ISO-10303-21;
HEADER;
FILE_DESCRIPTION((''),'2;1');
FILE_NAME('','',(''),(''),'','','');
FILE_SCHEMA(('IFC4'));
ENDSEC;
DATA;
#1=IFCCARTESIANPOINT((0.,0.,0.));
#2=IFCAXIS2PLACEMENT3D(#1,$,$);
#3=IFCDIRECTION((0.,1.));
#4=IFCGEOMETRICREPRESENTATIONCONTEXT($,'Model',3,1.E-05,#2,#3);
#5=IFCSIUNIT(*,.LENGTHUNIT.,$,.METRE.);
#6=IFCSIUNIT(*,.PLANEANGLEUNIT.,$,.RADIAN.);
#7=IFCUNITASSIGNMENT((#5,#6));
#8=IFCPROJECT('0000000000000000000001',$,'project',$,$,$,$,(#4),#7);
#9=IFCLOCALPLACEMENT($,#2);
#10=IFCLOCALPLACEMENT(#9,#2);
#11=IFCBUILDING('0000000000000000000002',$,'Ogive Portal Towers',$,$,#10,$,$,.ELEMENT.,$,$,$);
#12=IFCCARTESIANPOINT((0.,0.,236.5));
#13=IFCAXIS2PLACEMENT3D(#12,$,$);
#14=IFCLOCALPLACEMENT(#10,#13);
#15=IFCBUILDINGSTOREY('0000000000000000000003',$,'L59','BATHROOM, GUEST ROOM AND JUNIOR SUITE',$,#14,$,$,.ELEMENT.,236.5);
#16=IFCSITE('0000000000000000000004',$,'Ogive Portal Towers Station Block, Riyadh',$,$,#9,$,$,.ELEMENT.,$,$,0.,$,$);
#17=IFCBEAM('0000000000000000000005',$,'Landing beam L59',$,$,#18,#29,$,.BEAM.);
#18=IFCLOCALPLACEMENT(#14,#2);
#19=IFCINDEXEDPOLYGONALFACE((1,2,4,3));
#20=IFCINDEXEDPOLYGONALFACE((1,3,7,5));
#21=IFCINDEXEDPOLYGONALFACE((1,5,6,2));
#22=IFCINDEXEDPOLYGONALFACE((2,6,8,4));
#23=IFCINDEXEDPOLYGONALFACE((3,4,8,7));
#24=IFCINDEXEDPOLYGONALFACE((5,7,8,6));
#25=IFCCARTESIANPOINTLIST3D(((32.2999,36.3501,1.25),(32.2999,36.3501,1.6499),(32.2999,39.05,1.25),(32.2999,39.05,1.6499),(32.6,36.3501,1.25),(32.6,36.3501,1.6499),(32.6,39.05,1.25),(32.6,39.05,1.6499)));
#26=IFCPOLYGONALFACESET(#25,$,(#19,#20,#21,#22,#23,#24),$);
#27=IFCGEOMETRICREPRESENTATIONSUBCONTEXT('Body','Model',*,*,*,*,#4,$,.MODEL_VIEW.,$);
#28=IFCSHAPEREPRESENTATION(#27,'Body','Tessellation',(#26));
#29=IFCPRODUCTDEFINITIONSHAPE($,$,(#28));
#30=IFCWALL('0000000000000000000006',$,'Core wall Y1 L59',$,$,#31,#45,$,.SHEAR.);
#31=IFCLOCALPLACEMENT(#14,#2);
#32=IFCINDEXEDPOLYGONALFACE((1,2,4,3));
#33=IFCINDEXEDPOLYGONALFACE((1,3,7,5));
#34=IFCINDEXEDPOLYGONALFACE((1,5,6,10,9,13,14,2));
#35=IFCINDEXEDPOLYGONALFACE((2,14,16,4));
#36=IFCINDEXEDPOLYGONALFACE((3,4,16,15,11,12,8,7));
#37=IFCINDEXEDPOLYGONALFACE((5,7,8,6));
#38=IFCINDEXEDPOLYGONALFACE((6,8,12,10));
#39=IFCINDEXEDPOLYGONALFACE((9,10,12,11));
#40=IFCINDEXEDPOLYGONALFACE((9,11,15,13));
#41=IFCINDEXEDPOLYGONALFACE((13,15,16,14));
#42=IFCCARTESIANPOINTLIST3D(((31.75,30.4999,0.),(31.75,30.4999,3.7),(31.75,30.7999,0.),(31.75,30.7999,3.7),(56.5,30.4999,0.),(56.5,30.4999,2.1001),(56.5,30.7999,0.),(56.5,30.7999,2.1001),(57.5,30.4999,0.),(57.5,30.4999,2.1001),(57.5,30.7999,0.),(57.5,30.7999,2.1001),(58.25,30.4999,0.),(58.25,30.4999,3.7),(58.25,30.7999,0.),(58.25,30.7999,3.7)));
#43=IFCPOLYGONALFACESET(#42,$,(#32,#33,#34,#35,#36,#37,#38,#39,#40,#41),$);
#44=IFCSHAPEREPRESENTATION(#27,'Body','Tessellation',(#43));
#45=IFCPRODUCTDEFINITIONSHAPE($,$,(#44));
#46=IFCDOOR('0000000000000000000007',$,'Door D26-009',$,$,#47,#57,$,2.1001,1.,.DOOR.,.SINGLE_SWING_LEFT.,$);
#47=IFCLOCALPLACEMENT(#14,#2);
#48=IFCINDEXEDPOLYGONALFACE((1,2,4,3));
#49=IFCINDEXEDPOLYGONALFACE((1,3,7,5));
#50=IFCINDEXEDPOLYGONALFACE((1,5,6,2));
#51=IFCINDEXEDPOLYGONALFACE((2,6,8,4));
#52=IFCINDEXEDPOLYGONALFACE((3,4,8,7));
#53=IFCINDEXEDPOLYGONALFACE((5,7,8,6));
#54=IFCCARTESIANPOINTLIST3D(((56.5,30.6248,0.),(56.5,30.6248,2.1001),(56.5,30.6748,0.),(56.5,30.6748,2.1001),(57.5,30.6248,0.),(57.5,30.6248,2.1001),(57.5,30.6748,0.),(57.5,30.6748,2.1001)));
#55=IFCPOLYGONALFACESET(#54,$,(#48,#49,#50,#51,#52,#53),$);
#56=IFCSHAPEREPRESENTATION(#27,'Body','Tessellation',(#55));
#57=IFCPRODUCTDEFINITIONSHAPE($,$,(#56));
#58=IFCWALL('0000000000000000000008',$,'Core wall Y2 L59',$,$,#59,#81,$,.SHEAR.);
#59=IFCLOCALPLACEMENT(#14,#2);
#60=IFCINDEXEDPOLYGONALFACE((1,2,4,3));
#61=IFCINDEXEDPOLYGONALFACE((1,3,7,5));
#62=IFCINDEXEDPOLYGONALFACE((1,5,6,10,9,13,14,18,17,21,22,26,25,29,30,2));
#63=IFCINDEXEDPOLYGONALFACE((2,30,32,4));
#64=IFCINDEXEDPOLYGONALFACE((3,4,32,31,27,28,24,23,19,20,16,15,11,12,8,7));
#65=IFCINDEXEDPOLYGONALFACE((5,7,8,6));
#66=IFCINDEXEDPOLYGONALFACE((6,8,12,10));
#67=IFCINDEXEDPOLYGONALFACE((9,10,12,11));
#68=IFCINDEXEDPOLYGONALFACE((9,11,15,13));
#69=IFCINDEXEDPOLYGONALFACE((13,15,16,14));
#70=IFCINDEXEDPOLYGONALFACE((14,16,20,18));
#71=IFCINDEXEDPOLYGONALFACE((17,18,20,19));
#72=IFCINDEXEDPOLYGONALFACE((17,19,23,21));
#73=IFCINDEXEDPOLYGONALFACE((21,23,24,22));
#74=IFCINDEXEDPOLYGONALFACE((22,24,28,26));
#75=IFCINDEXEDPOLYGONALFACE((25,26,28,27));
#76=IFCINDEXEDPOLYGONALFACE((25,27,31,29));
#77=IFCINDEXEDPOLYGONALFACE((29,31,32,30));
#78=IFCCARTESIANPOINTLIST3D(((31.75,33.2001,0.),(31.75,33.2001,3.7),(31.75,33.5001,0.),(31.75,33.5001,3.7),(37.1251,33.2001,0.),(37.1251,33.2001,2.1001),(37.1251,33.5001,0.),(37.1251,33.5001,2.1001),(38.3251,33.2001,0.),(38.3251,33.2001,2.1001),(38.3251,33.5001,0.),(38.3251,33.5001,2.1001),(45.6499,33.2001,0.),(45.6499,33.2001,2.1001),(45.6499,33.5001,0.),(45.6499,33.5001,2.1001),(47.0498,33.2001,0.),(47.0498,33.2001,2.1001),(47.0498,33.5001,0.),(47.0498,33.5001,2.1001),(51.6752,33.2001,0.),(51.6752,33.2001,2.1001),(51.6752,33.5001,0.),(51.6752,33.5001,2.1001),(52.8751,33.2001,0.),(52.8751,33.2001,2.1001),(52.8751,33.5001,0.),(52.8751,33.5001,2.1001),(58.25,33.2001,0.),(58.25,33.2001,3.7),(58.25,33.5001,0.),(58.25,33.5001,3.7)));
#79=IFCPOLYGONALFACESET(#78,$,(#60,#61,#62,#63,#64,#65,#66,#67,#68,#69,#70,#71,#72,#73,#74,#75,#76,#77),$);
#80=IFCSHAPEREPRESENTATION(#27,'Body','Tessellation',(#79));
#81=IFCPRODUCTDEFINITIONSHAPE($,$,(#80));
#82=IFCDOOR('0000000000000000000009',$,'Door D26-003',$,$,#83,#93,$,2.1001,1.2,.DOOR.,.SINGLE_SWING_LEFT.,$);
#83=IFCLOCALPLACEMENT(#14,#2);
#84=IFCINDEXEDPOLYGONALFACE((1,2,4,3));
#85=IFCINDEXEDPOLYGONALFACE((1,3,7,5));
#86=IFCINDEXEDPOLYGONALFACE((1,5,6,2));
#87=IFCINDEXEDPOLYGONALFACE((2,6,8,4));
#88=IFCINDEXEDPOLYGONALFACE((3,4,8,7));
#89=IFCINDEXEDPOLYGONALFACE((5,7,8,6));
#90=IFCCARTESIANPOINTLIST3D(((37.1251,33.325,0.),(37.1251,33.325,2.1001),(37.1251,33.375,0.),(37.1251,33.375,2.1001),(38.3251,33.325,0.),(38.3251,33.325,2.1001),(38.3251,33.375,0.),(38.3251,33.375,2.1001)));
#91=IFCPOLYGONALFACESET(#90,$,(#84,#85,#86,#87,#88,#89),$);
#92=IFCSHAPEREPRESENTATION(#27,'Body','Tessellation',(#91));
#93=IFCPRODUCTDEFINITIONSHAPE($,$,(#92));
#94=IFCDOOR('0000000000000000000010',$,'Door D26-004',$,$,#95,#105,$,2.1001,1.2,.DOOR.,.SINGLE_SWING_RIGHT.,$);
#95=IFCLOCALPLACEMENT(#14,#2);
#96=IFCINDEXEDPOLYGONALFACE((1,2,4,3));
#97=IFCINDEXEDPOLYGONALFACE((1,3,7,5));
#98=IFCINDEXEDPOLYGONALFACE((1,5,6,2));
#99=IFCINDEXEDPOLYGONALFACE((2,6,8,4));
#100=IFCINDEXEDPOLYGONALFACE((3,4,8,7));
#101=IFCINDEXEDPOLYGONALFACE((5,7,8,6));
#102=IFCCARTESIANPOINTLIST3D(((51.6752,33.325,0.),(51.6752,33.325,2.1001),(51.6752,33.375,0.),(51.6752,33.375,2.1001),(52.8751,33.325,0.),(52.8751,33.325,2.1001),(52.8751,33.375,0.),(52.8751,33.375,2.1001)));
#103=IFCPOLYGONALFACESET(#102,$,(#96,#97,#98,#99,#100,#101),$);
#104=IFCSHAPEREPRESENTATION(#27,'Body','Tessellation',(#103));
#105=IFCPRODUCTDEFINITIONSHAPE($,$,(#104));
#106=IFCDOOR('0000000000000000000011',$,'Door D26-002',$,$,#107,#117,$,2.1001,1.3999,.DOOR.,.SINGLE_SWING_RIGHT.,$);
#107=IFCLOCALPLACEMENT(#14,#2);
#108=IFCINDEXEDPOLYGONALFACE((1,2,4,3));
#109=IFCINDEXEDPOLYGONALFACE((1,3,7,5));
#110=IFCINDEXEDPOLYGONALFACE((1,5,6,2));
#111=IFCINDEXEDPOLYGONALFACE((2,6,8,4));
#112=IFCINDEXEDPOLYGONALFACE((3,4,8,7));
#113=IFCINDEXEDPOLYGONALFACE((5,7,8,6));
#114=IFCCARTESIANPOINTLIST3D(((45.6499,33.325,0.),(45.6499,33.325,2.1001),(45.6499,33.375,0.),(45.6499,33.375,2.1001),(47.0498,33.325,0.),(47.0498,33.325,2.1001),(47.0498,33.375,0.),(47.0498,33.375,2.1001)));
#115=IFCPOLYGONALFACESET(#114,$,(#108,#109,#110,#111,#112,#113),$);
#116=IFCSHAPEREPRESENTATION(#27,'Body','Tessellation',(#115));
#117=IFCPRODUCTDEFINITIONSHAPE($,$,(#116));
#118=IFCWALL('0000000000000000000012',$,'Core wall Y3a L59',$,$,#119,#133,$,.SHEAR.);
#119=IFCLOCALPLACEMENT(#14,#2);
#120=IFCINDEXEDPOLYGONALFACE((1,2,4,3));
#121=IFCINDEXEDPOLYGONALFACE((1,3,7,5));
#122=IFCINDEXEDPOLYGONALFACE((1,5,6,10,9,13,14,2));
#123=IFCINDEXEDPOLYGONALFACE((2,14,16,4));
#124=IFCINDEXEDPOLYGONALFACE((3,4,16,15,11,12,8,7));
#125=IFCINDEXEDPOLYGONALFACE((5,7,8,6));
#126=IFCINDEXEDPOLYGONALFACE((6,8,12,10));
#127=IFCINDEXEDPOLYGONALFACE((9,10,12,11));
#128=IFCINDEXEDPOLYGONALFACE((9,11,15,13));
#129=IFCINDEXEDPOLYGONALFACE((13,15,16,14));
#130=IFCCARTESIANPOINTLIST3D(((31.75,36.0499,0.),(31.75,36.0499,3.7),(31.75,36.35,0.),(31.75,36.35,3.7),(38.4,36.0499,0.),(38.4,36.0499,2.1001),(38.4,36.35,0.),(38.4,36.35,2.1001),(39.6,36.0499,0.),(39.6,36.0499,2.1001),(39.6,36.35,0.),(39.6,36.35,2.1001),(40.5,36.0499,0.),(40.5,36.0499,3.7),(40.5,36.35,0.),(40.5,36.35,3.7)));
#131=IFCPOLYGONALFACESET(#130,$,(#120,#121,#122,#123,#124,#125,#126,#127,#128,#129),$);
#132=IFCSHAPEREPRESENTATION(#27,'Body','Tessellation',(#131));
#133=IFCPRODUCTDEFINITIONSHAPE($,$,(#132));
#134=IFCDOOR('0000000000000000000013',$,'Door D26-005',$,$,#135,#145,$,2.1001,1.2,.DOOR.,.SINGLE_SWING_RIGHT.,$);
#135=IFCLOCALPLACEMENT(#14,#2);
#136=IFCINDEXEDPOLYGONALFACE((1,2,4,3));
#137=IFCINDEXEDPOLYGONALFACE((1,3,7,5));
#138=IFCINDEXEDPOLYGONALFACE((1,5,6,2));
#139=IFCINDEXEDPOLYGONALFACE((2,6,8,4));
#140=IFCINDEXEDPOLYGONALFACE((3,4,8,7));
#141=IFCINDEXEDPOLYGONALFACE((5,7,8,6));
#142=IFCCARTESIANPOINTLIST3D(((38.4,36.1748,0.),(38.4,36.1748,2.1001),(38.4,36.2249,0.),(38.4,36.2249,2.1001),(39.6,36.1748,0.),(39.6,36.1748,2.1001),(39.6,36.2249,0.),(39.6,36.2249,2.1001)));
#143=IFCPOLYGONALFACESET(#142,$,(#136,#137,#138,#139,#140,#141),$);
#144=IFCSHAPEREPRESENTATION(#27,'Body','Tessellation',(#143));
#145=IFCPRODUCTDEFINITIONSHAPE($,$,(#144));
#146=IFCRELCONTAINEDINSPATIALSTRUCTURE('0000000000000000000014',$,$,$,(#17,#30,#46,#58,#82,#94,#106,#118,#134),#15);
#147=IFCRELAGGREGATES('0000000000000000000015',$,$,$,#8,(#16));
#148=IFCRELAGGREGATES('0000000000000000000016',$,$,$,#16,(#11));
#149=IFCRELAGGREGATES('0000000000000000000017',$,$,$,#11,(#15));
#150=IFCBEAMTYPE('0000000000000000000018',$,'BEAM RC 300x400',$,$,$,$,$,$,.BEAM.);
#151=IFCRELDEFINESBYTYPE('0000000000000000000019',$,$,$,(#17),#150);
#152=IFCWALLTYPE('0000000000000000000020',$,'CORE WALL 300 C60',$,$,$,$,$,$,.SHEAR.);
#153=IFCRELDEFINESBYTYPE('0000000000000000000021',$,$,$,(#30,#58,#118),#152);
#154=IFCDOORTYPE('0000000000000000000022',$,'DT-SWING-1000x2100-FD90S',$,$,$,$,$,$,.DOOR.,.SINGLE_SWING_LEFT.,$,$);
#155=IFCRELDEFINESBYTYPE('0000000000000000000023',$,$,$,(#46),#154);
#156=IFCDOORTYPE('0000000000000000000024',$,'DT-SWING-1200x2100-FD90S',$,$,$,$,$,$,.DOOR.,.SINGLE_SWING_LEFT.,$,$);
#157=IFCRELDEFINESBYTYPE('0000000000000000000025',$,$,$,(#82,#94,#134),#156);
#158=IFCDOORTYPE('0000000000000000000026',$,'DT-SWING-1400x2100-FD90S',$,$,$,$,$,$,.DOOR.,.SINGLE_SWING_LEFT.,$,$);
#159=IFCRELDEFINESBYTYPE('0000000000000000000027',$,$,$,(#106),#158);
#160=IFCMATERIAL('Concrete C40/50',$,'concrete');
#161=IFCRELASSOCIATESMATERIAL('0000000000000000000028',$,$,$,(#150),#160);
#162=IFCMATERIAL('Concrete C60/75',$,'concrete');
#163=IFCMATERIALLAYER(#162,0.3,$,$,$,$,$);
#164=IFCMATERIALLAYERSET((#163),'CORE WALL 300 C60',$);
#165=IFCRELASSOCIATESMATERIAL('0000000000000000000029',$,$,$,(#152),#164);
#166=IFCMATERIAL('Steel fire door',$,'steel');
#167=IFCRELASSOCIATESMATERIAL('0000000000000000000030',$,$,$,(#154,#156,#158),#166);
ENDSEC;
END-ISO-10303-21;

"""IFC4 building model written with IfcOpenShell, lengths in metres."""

from ifc_helpers import new_model, si_unit, direction, frame, frame_2d, origin, origin_2d, place, context, subcontext, project, spatial, rectangle, extrude, material, layer, layer_set, material_profile, profile_set, type_object, element, fill, save


model = new_model("IFC4")

# Units and contexts
model_context = context("Model", 3, precision=1e-05, world=origin(), true_north=direction((0.0, 1.0)))
body_context = subcontext(model_context, "Body", "Model", "MODEL_VIEW")
ifc_project = project(units=[si_unit("LENGTHUNIT", "METRE"), si_unit("PLANEANGLEUNIT", "RADIAN")], contexts=[model_context])

# Site, building, storey
site_placement = place(None, origin())
site = spatial("IfcSite", under=ifc_project, at=site_placement, Name="Ogive Portal Towers Station Block, Riyadh", CompositionType="ELEMENT", RefElevation=0.0)
building_placement = place(site_placement, origin())
building = spatial("IfcBuilding", under=site, at=building_placement, Name="Ogive Portal Towers", CompositionType="ELEMENT")
storey_placement = place(building_placement, frame((0.0, 0.0, 236.5)))
storey = spatial("IfcBuildingStorey", under=building, at=storey_placement, Name="L59", Description="BATHROOM, GUEST ROOM AND JUNIOR SUITE", CompositionType="ELEMENT", Elevation=236.5)

# Beam
ifc_material_1 = material(Name="Concrete C40/50", Category="concrete")
ifc_material_profile = material_profile(ifc_material_1, rectangle(XDim=0.3, YDim=0.3999, at=origin_2d()), Name="RC 300x400")
ifc_profile_set = profile_set([ifc_material_profile], Name="Concrete C40/50")
beam_type = type_object("IfcBeamType", Name="BEAM RC 300x400", PredefinedType="BEAM", material=ifc_profile_set)
beam_placement = place(storey_placement, frame((32.45, 36.3501, 1.45), z_axis=(0.0, 1.0, 0.0), x_axis=(-1.0, 0.0, 0.0)))
element("IfcBeam", 1, at=beam_placement, inside=storey, type_object=beam_type, Name="Landing beam L59", PredefinedType="BEAM", context=body_context, shape_type="SweptSolid", body=[
    extrude(rectangle(XDim=0.3, YDim=0.3999, at=origin_2d()), origin(), (0.0, 0.0, 1.0), 2.7),
])

# Wall, opening, door
ifc_material_2 = material(Name="Concrete C60/75", Category="concrete")
ifc_layer_1 = layer(ifc_material_2, 0.3)
ifc_layer_set_1 = layer_set([ifc_layer_1], Name="CORE WALL 300 C60")
wall_type_1 = type_object("IfcWallType", Name="CORE WALL 300 C60", PredefinedType="SHEAR", material=ifc_layer_set_1)
wall_1_placement = place(storey_placement, frame((31.75, 30.6499, 0.0), z_axis=(0.0, 0.0, 1.0), x_axis=(1.0, 0.0, 0.0)))
wall_1 = element("IfcWall", 2, at=wall_1_placement, inside=storey, type_object=wall_type_1, Name="Core wall Y1 L59", PredefinedType="SHEAR", context=body_context, shape_type="SweptSolid", body=[
    extrude(rectangle(XDim=26.5, YDim=0.3, at=frame_2d((13.25, 0.0))), origin(), (0.0, 0.0, 1.0), 3.7),
])
opening_1_placement = place(wall_1_placement, frame((24.75, 0.0, 0.0)))
opening_1 = element("IfcOpeningElement", 3, at=opening_1_placement, cuts=wall_1, PredefinedType="OPENING", context=body_context, shape_type="SweptSolid", body=[
    extrude(rectangle(XDim=1.0, YDim=2.1001, at=frame_2d((0.5, 1.05))), frame((0.0, 0.1602, 0.0), z_axis=(0.0, -1.0, 0.0), x_axis=(1.0, 0.0, 0.0)), (0.0, 0.0, 1.0), 0.3201),
])
ifc_material_3 = material(Name="Steel fire door", Category="steel")
door_type_1 = type_object("IfcDoorType", Name="DT-SWING-1000x2100-FD90S", OperationType="SINGLE_SWING_LEFT", PredefinedType="DOOR", material=ifc_material_3)
door_1_placement = place(opening_1_placement, origin())
door_1 = element("IfcDoor", 4, at=door_1_placement, inside=storey, type_object=door_type_1, Name="Door D26-009", OperationType="SINGLE_SWING_LEFT", OverallHeight=2.1001, OverallWidth=1.0, PredefinedType="DOOR", context=body_context, shape_type="SweptSolid", body=[
    extrude(rectangle(XDim=1.0, YDim=2.1001, at=frame_2d((0.5, 1.05))), frame((0.0, 0.0249, 0.0), z_axis=(0.0, -1.0, 0.0), x_axis=(1.0, 0.0, 0.0)), (0.0, 0.0, 1.0), 0.05),
])
fill(opening_1, door_1)

# Wall, openings, doors
wall_2_placement = place(storey_placement, frame((31.75, 33.3501, 0.0), z_axis=(0.0, 0.0, 1.0), x_axis=(1.0, 0.0, 0.0)))
wall_2 = element("IfcWall", 5, at=wall_2_placement, inside=storey, type_object=wall_type_1, Name="Core wall Y2 L59", PredefinedType="SHEAR", context=body_context, shape_type="SweptSolid", body=[
    extrude(rectangle(XDim=26.5, YDim=0.3, at=frame_2d((13.25, 0.0))), origin(), (0.0, 0.0, 1.0), 3.7),
])
opening_2_placement = place(wall_2_placement, frame((13.8999, 0.0, 0.0)))
opening_2 = element("IfcOpeningElement", 6, at=opening_2_placement, cuts=wall_2, PredefinedType="OPENING", context=body_context, shape_type="SweptSolid", body=[
    extrude(rectangle(XDim=1.3999, YDim=2.1001, at=frame_2d((0.7, 1.05))), frame((0.0, 0.1602, 0.0), z_axis=(0.0, -1.0, 0.0), x_axis=(1.0, 0.0, 0.0)), (0.0, 0.0, 1.0), 0.3201),
])
opening_3_placement = place(wall_2_placement, frame((5.375, 0.0, 0.0)))
opening_3 = element("IfcOpeningElement", 7, at=opening_3_placement, cuts=wall_2, PredefinedType="OPENING", context=body_context, shape_type="SweptSolid", body=[
    extrude(rectangle(XDim=1.2, YDim=2.1001, at=frame_2d((0.6001, 1.05))), frame((0.0, 0.1602, 0.0), z_axis=(0.0, -1.0, 0.0), x_axis=(1.0, 0.0, 0.0)), (0.0, 0.0, 1.0), 0.3201),
])
opening_4_placement = place(wall_2_placement, frame((19.925, 0.0, 0.0)))
opening_4 = element("IfcOpeningElement", 8, at=opening_4_placement, cuts=wall_2, PredefinedType="OPENING", context=body_context, shape_type="SweptSolid", body=[
    extrude(rectangle(XDim=1.2, YDim=2.1001, at=frame_2d((0.6001, 1.05))), frame((0.0, 0.1602, 0.0), z_axis=(0.0, -1.0, 0.0), x_axis=(1.0, 0.0, 0.0)), (0.0, 0.0, 1.0), 0.3201),
])
door_type_2 = type_object("IfcDoorType", Name="DT-SWING-1200x2100-FD90S", OperationType="SINGLE_SWING_LEFT", PredefinedType="DOOR", material=ifc_material_3)
door_2_placement = place(opening_3_placement, origin())
door_2 = element("IfcDoor", 9, at=door_2_placement, inside=storey, type_object=door_type_2, Name="Door D26-003", OperationType="SINGLE_SWING_LEFT", OverallHeight=2.1001, OverallWidth=1.2, PredefinedType="DOOR", context=body_context, shape_type="SweptSolid", body=[
    extrude(rectangle(XDim=1.2, YDim=2.1001, at=frame_2d((0.6001, 1.05))), frame((0.0, 0.0249, 0.0), z_axis=(0.0, -1.0, 0.0), x_axis=(1.0, 0.0, 0.0)), (0.0, 0.0, 1.0), 0.05),
])
fill(opening_3, door_2)
door_3_placement = place(opening_4_placement, origin())
door_3 = element("IfcDoor", 10, at=door_3_placement, inside=storey, type_object=door_type_2, Name="Door D26-004", OperationType="SINGLE_SWING_RIGHT", OverallHeight=2.1001, OverallWidth=1.2, PredefinedType="DOOR", context=body_context, shape_type="SweptSolid", body=[
    extrude(rectangle(XDim=1.2, YDim=2.1001, at=frame_2d((0.6001, 1.05))), frame((0.0, 0.0249, 0.0), z_axis=(0.0, -1.0, 0.0), x_axis=(1.0, 0.0, 0.0)), (0.0, 0.0, 1.0), 0.05),
])
fill(opening_4, door_3)
door_type_3 = type_object("IfcDoorType", Name="DT-SWING-1400x2100-FD90S", OperationType="SINGLE_SWING_LEFT", PredefinedType="DOOR", material=ifc_material_3)
door_4_placement = place(opening_2_placement, origin())
door_4 = element("IfcDoor", 11, at=door_4_placement, inside=storey, type_object=door_type_3, Name="Door D26-002", OperationType="SINGLE_SWING_RIGHT", OverallHeight=2.1001, OverallWidth=1.3999, PredefinedType="DOOR", context=body_context, shape_type="SweptSolid", body=[
    extrude(rectangle(XDim=1.3999, YDim=2.1001, at=frame_2d((0.7, 1.05))), frame((0.0, 0.0249, 0.0), z_axis=(0.0, -1.0, 0.0), x_axis=(1.0, 0.0, 0.0)), (0.0, 0.0, 1.0), 0.05),
])
fill(opening_2, door_4)

# Wall, opening, door
wall_3_placement = place(storey_placement, frame((31.75, 36.2, 0.0), z_axis=(0.0, 0.0, 1.0), x_axis=(1.0, 0.0, 0.0)))
wall_3 = element("IfcWall", 12, at=wall_3_placement, inside=storey, type_object=wall_type_1, Name="Core wall Y3a L59", PredefinedType="SHEAR", context=body_context, shape_type="SweptSolid", body=[
    extrude(rectangle(XDim=8.75, YDim=0.3, at=frame_2d((4.375, 0.0))), origin(), (0.0, 0.0, 1.0), 3.7),
])
opening_5_placement = place(wall_3_placement, frame((6.6499, 0.0, 0.0)))
opening_5 = element("IfcOpeningElement", 13, at=opening_5_placement, cuts=wall_3, PredefinedType="OPENING", context=body_context, shape_type="SweptSolid", body=[
    extrude(rectangle(XDim=1.2, YDim=2.1001, at=frame_2d((0.6001, 1.05))), frame((0.0, 0.1602, 0.0), z_axis=(0.0, -1.0, 0.0), x_axis=(1.0, 0.0, 0.0)), (0.0, 0.0, 1.0), 0.3201),
])
door_5_placement = place(opening_5_placement, origin())
door_5 = element("IfcDoor", 14, at=door_5_placement, inside=storey, type_object=door_type_2, Name="Door D26-005", OperationType="SINGLE_SWING_RIGHT", OverallHeight=2.1001, OverallWidth=1.2, PredefinedType="DOOR", context=body_context, shape_type="SweptSolid", body=[
    extrude(rectangle(XDim=1.2, YDim=2.1001, at=frame_2d((0.6001, 1.05))), frame((0.0, 0.0249, 0.0), z_axis=(0.0, -1.0, 0.0), x_axis=(1.0, 0.0, 0.0)), (0.0, 0.0, 1.0), 0.05),
])
fill(opening_5, door_5)

save(model, "model.ifc")
